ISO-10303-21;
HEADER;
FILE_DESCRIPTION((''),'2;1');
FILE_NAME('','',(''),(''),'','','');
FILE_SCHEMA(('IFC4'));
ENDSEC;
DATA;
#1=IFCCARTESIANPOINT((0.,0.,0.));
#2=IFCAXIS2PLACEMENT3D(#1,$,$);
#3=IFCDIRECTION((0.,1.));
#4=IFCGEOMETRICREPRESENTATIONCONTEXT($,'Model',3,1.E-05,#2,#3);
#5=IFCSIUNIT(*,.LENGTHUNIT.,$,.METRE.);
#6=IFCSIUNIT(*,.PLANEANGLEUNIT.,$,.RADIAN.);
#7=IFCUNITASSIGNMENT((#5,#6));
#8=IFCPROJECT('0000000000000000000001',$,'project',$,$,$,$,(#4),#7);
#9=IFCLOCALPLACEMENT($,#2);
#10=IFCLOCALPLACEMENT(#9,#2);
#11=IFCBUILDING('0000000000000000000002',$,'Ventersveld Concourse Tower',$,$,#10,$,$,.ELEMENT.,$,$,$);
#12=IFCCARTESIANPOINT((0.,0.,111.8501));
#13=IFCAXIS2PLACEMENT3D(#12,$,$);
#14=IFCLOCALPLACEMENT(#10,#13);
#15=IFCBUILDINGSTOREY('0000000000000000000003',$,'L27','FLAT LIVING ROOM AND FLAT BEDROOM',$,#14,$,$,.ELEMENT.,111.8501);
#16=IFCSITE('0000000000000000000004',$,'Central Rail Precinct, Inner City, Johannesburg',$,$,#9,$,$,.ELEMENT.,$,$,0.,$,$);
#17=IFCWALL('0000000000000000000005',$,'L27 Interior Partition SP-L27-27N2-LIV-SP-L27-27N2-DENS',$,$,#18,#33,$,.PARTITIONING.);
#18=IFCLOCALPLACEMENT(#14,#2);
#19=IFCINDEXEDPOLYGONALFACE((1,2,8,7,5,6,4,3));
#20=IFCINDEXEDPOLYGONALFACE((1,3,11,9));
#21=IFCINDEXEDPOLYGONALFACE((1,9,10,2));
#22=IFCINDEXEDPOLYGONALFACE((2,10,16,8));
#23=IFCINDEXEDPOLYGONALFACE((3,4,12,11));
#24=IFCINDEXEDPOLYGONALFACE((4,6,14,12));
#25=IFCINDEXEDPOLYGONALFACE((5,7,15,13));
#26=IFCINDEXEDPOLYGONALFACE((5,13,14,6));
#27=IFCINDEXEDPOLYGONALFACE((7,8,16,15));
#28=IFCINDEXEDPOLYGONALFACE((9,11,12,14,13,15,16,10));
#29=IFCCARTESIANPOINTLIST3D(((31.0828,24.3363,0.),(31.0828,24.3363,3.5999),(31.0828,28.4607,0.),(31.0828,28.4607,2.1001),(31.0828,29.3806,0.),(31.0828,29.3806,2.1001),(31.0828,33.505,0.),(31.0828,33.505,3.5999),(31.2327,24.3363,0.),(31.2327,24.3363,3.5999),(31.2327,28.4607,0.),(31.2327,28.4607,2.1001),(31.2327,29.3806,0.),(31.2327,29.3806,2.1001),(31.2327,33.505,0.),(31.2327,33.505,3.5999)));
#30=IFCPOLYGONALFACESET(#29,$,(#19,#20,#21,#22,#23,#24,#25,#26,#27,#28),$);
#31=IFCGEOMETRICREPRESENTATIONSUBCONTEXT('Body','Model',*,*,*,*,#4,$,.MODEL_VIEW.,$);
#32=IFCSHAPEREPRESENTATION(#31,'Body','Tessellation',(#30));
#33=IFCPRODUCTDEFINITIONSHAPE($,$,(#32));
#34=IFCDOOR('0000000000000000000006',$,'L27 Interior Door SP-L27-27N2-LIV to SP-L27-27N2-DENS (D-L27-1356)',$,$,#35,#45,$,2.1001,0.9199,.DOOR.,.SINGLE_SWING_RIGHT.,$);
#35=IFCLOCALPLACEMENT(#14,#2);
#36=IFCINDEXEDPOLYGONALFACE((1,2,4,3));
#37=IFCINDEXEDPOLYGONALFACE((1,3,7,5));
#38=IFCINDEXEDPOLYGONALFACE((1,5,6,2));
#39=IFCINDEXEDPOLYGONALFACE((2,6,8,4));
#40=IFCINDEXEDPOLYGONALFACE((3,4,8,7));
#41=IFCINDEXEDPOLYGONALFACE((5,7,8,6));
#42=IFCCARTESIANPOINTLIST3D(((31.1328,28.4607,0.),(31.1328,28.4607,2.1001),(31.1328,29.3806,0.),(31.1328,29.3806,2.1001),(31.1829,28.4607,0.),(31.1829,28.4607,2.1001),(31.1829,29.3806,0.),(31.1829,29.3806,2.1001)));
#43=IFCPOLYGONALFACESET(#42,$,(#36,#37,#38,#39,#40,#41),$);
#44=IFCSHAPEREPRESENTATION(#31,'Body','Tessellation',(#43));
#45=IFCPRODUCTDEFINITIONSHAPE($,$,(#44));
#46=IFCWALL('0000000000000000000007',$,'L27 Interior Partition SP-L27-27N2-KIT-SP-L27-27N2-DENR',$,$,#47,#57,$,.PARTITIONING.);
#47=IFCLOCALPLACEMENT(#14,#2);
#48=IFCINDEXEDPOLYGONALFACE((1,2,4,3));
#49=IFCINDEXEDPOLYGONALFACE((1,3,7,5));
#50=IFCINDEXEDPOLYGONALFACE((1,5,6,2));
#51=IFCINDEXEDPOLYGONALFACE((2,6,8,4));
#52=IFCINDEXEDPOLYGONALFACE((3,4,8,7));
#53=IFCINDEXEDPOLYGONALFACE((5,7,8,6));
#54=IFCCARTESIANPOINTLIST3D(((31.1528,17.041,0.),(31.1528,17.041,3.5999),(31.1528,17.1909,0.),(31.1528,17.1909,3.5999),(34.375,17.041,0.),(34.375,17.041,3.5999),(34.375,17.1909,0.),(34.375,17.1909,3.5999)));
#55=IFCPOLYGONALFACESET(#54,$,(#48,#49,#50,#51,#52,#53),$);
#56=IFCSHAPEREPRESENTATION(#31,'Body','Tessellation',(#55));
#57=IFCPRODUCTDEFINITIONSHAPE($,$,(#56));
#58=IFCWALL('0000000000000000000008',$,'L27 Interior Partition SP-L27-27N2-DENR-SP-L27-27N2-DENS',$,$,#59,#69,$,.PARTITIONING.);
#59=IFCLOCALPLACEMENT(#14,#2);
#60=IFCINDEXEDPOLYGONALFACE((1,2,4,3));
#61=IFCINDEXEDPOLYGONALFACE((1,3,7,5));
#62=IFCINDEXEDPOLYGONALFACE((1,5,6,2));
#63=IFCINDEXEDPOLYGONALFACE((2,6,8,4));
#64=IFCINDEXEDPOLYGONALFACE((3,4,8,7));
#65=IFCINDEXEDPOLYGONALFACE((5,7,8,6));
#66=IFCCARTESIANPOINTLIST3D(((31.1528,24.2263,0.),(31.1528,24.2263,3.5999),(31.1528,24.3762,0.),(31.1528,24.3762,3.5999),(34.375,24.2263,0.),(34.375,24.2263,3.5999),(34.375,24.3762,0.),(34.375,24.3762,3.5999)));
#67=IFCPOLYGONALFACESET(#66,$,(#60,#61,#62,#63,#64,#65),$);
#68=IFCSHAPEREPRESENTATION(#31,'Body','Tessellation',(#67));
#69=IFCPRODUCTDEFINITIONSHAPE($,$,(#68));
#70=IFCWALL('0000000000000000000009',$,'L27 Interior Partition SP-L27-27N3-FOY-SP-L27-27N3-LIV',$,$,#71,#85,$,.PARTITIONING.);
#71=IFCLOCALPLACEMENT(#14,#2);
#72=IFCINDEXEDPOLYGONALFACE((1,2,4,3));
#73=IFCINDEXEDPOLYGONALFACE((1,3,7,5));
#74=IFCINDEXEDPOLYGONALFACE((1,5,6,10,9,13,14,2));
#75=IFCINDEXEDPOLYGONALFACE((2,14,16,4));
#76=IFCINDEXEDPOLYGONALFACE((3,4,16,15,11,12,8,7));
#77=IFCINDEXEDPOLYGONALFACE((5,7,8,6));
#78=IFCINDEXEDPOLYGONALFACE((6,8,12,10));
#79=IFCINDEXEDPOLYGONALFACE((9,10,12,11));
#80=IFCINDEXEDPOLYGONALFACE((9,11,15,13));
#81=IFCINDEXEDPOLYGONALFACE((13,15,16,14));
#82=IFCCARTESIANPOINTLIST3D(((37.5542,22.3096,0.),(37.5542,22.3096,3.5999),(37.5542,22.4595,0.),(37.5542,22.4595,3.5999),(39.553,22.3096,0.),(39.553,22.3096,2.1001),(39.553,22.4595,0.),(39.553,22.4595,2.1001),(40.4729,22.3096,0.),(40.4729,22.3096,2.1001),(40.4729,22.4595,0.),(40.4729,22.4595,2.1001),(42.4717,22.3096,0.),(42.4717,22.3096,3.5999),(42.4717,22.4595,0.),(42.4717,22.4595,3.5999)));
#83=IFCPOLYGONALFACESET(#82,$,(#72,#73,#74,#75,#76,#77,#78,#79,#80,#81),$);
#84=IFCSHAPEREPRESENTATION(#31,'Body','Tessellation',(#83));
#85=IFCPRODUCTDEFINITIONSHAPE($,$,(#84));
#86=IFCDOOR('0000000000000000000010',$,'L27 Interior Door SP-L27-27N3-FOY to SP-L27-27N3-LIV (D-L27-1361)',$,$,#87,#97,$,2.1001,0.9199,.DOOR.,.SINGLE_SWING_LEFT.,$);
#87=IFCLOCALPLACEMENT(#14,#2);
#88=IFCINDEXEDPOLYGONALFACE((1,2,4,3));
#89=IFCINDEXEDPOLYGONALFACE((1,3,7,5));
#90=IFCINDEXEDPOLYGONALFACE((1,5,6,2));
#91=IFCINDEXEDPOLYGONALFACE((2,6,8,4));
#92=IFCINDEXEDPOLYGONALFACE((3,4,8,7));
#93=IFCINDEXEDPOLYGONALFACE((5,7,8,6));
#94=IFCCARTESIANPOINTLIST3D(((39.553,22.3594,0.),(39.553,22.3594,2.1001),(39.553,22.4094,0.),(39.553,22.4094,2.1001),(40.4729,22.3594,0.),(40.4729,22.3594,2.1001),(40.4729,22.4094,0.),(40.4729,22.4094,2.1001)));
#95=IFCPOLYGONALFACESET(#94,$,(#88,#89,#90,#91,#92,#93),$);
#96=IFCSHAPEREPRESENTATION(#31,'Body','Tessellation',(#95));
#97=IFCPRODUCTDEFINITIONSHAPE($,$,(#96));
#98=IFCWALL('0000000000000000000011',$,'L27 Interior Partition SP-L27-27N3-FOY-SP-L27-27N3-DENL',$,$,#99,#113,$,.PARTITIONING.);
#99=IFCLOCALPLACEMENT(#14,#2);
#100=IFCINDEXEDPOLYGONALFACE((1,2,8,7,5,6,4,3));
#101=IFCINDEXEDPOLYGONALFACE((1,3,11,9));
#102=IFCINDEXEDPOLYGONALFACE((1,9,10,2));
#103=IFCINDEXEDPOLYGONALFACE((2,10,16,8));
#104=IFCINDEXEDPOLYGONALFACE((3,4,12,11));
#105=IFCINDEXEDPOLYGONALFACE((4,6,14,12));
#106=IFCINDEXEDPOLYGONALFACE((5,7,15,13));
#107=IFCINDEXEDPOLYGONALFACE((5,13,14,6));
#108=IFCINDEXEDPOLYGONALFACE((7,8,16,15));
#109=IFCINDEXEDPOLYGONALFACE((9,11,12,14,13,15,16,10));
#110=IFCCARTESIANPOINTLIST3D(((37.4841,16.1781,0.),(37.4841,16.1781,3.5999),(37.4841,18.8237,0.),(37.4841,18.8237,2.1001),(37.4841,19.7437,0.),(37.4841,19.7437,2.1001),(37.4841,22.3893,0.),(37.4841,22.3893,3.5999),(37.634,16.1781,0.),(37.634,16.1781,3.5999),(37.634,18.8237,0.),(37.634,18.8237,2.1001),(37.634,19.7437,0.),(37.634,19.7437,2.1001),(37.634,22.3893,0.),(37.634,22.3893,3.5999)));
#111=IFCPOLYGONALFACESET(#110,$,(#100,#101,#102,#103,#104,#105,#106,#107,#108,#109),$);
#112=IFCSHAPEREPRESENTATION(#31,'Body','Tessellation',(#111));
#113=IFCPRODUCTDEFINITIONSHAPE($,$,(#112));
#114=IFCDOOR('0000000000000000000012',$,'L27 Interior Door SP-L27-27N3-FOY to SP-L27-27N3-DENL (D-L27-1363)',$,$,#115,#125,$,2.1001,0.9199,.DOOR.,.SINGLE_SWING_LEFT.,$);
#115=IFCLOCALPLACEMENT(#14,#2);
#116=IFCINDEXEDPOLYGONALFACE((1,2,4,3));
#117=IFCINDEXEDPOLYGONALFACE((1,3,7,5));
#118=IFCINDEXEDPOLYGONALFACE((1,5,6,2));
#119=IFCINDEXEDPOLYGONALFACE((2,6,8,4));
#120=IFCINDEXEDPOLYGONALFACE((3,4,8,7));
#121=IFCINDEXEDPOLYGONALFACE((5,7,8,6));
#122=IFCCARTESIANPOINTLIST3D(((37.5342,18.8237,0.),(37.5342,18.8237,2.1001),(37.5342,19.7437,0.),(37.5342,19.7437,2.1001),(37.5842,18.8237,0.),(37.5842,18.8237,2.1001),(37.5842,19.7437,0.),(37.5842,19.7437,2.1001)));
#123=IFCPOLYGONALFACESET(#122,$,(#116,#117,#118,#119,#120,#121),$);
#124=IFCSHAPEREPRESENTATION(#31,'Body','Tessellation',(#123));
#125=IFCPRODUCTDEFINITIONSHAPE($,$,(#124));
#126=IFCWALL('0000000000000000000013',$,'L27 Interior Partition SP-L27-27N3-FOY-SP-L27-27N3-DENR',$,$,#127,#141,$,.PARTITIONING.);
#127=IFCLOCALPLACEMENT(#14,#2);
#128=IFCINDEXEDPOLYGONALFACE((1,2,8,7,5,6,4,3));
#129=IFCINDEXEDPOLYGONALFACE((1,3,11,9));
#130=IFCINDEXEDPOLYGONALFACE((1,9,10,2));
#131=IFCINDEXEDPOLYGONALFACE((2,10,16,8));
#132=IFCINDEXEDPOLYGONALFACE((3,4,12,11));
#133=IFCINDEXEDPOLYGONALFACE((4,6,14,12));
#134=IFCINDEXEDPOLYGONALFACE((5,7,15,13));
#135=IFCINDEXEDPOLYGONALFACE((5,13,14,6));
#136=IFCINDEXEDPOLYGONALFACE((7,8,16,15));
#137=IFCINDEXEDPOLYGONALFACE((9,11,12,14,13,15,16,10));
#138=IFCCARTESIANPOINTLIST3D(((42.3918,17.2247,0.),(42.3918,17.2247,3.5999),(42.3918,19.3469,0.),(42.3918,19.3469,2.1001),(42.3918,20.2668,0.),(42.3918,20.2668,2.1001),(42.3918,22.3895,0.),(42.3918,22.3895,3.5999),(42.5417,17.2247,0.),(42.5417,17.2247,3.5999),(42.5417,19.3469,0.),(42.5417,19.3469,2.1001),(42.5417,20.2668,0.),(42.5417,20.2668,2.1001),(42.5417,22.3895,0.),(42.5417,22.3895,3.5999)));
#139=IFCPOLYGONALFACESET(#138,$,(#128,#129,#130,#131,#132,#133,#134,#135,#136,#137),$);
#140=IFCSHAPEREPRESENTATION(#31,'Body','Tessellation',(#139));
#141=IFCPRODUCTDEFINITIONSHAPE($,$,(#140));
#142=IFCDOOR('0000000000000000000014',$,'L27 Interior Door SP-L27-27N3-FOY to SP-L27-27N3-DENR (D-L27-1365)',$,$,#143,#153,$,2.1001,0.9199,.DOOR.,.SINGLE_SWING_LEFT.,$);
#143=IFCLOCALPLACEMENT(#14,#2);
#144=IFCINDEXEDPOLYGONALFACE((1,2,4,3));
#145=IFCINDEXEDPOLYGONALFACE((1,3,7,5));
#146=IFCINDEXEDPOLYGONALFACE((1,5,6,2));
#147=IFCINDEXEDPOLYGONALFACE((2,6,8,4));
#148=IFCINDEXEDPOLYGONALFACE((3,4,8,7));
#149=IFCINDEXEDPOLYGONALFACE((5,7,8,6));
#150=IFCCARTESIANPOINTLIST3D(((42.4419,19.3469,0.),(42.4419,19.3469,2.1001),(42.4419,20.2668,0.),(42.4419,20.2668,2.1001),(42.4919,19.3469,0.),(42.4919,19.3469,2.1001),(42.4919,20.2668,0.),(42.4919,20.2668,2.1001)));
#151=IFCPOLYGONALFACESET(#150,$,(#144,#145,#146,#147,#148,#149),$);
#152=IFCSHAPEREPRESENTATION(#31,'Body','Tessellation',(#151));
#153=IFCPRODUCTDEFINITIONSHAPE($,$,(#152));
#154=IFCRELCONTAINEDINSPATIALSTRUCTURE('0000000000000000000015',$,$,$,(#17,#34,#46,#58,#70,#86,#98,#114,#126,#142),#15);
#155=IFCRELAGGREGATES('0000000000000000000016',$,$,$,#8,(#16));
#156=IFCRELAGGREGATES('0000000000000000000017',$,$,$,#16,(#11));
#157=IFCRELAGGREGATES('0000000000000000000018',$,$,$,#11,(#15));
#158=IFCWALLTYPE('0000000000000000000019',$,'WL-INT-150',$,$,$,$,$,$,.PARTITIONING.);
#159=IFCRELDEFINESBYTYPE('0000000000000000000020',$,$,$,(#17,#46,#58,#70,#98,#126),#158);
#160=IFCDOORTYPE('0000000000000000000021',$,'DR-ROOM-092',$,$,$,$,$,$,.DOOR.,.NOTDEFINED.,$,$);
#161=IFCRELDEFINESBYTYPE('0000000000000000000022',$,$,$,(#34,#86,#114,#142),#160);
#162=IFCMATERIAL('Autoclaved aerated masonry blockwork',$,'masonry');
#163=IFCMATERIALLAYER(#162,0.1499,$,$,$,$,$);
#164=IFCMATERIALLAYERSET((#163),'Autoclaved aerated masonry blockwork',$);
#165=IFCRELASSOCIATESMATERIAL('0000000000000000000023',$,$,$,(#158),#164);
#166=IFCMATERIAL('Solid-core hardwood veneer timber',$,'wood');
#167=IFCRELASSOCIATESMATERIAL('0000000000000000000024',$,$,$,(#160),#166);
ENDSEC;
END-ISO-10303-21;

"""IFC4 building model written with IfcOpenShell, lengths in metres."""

from ifc_helpers import new_model, si_unit, direction, frame, frame_2d, origin, place, context, subcontext, project, spatial, rectangle, extrude, material, layer, layer_set, type_object, element, fill, save


model = new_model("IFC4")

# Units and contexts
model_context = context("Model", 3, precision=1e-05, world=origin(), true_north=direction((0.0, 1.0)))
body_context = subcontext(model_context, "Body", "Model", "MODEL_VIEW")
ifc_project = project(units=[si_unit("LENGTHUNIT", "METRE"), si_unit("PLANEANGLEUNIT", "RADIAN")], contexts=[model_context])

# Site, building, storey
site_placement = place(None, origin())
site = spatial("IfcSite", under=ifc_project, at=site_placement, Name="Central Rail Precinct, Inner City, Johannesburg", CompositionType="ELEMENT", RefElevation=0.0)
building_placement = place(site_placement, origin())
building = spatial("IfcBuilding", under=site, at=building_placement, Name="Ventersveld Concourse Tower", CompositionType="ELEMENT")
storey_placement = place(building_placement, frame((0.0, 0.0, 111.8501)))
storey = spatial("IfcBuildingStorey", under=building, at=storey_placement, Name="L27", Description="FLAT LIVING ROOM AND FLAT BEDROOM", CompositionType="ELEMENT", Elevation=111.8501)

# Wall, opening, door
ifc_material_1 = material(Name="Autoclaved aerated masonry blockwork", Category="masonry")
ifc_layer_1 = layer(ifc_material_1, 0.1499)
ifc_layer_set_1 = layer_set([ifc_layer_1], Name="Autoclaved aerated masonry blockwork")
wall_type_1 = type_object("IfcWallType", Name="WL-INT-150", PredefinedType="PARTITIONING", material=ifc_layer_set_1)
ifc_material_2 = material(Name="Solid-core hardwood veneer timber", Category="wood")
door_type = type_object("IfcDoorType", Name="DR-ROOM-092", OperationType="NOTDEFINED", PredefinedType="DOOR", material=ifc_material_2)
wall_1_placement = place(storey_placement, frame((31.1577, 24.3362, 0.0), z_axis=(0.0, 0.0, 1.0), x_axis=(0.0, 1.0, 0.0)))
wall_1 = element("IfcWall", 1, at=wall_1_placement, inside=storey, type_object=wall_type_1, Name="L27 Interior Partition SP-L27-27N2-LIV-SP-L27-27N2-DENS", PredefinedType="PARTITIONING", context=body_context, shape_type="SweptSolid", body=[
    extrude(rectangle(XDim=9.1687, YDim=0.1499, at=frame_2d((4.5845, 0.0))), origin(), (0.0, 0.0, 1.0), 3.5999),
])
opening_1_placement = place(wall_1_placement, frame((4.1245, 0.0, 0.0)))
opening_1 = element("IfcOpeningElement", 2, at=opening_1_placement, cuts=wall_1, PredefinedType="OPENING", context=body_context, shape_type="SweptSolid", body=[
    extrude(rectangle(XDim=0.9199, YDim=2.1001, at=frame_2d((0.46, 1.05))), frame((0.0, 0.085, 0.0), z_axis=(0.0, -1.0, 0.0), x_axis=(1.0, 0.0, 0.0)), (0.0, 0.0, 1.0), 0.1699),
])
door_1_placement = place(opening_1_placement, origin())
door_1 = element("IfcDoor", 3, at=door_1_placement, inside=storey, type_object=door_type, Name="L27 Interior Door SP-L27-27N2-LIV to SP-L27-27N2-DENS (D-L27-1356)", OperationType="SINGLE_SWING_RIGHT", OverallHeight=2.1001, OverallWidth=0.9199, PredefinedType="DOOR", context=body_context, shape_type="SweptSolid", body=[
    extrude(rectangle(XDim=0.9199, YDim=2.1001, at=frame_2d((0.46, 1.05))), frame((0.0, 0.0249, 0.0), z_axis=(0.0, -1.0, 0.0), x_axis=(1.0, 0.0, 0.0)), (0.0, 0.0, 1.0), 0.05),
])
fill(opening_1, door_1)

# Walls
for number, where, z_axis, x_axis, name in (
    (4, (31.1528, 17.116, 0.0), (0.0, 0.0, 1.0), (1.0, 0.0, 0.0), "L27 Interior Partition SP-L27-27N2-KIT-SP-L27-27N2-DENR"),
    (5, (31.1528, 24.3013, 0.0), (0.0, 0.0, 1.0), (1.0, 0.0, 0.0), "L27 Interior Partition SP-L27-27N2-DENR-SP-L27-27N2-DENS"),
):
    element("IfcWall", number, at=place(storey_placement, frame(where, z_axis=z_axis, x_axis=x_axis)), inside=storey, type_object=wall_type_1, Name=name, PredefinedType="PARTITIONING", context=body_context, shape_type="SweptSolid", body=[
        extrude(rectangle(XDim=3.2222, YDim=0.1499, at=frame_2d((1.6111, 0.0))), origin(), (0.0, 0.0, 1.0), 3.5999),
    ])

# Walls, openings, doors
wall_2_placement = place(storey_placement, frame((37.5542, 22.3845, 0.0), z_axis=(0.0, 0.0, 1.0), x_axis=(1.0, 0.0, 0.0)))
wall_2 = element("IfcWall", 6, at=wall_2_placement, inside=storey, type_object=wall_type_1, Name="L27 Interior Partition SP-L27-27N3-FOY-SP-L27-27N3-LIV", PredefinedType="PARTITIONING", context=body_context, shape_type="SweptSolid", body=[
    extrude(rectangle(XDim=4.9175, YDim=0.1499, at=frame_2d((2.4587, 0.0))), origin(), (0.0, 0.0, 1.0), 3.5999),
])
opening_2_placement = place(wall_2_placement, frame((1.9988, 0.0, 0.0)))
opening_2 = element("IfcOpeningElement", 7, at=opening_2_placement, cuts=wall_2, PredefinedType="OPENING", context=body_context, shape_type="SweptSolid", body=[
    extrude(rectangle(XDim=0.9199, YDim=2.1001, at=frame_2d((0.46, 1.05))), frame((0.0, 0.085, 0.0), z_axis=(0.0, -1.0, 0.0), x_axis=(1.0, 0.0, 0.0)), (0.0, 0.0, 1.0), 0.1699),
])
door_2_placement = place(opening_2_placement, origin())
door_2 = element("IfcDoor", 8, at=door_2_placement, inside=storey, type_object=door_type, Name="L27 Interior Door SP-L27-27N3-FOY to SP-L27-27N3-LIV (D-L27-1361)", OperationType="SINGLE_SWING_LEFT", OverallHeight=2.1001, OverallWidth=0.9199, PredefinedType="DOOR", context=body_context, shape_type="SweptSolid", body=[
    extrude(rectangle(XDim=0.9199, YDim=2.1001, at=frame_2d((0.46, 1.05))), frame((0.0, 0.0249, 0.0), z_axis=(0.0, -1.0, 0.0), x_axis=(1.0, 0.0, 0.0)), (0.0, 0.0, 1.0), 0.05),
])
fill(opening_2, door_2)
wall_3_placement = place(storey_placement, frame((37.5591, 16.1782, 0.0), z_axis=(0.0, 0.0, 1.0), x_axis=(0.0, 1.0, 0.0)))
wall_3 = element("IfcWall", 9, at=wall_3_placement, inside=storey, type_object=wall_type_1, Name="L27 Interior Partition SP-L27-27N3-FOY-SP-L27-27N3-DENL", PredefinedType="PARTITIONING", context=body_context, shape_type="SweptSolid", body=[
    extrude(rectangle(XDim=6.2112, YDim=0.1499, at=frame_2d((3.1055, 0.0))), origin(), (0.0, 0.0, 1.0), 3.5999),
])
opening_3_placement = place(wall_3_placement, frame((2.6455, 0.0, 0.0)))
opening_3 = element("IfcOpeningElement", 10, at=opening_3_placement, cuts=wall_3, PredefinedType="OPENING", context=body_context, shape_type="SweptSolid", body=[
    extrude(rectangle(XDim=0.9199, YDim=2.1001, at=frame_2d((0.46, 1.05))), frame((0.0, 0.085, 0.0), z_axis=(0.0, -1.0, 0.0), x_axis=(1.0, 0.0, 0.0)), (0.0, 0.0, 1.0), 0.1699),
])
door_3_placement = place(opening_3_placement, origin())
door_3 = element("IfcDoor", 11, at=door_3_placement, inside=storey, type_object=door_type, Name="L27 Interior Door SP-L27-27N3-FOY to SP-L27-27N3-DENL (D-L27-1363)", OperationType="SINGLE_SWING_LEFT", OverallHeight=2.1001, OverallWidth=0.9199, PredefinedType="DOOR", context=body_context, shape_type="SweptSolid", body=[
    extrude(rectangle(XDim=0.9199, YDim=2.1001, at=frame_2d((0.46, 1.05))), frame((0.0, 0.0249, 0.0), z_axis=(0.0, -1.0, 0.0), x_axis=(1.0, 0.0, 0.0)), (0.0, 0.0, 1.0), 0.05),
])
fill(opening_3, door_3)
wall_4_placement = place(storey_placement, frame((42.4668, 17.2246, 0.0), z_axis=(0.0, 0.0, 1.0), x_axis=(0.0, 1.0, 0.0)))
wall_4 = element("IfcWall", 12, at=wall_4_placement, inside=storey, type_object=wall_type_1, Name="L27 Interior Partition SP-L27-27N3-FOY-SP-L27-27N3-DENR", PredefinedType="PARTITIONING", context=body_context, shape_type="SweptSolid", body=[
    extrude(rectangle(XDim=5.1648, YDim=0.1499, at=frame_2d((2.5825, 0.0))), origin(), (0.0, 0.0, 1.0), 3.5999),
])
opening_4_placement = place(wall_4_placement, frame((2.1223, 0.0, 0.0)))
opening_4 = element("IfcOpeningElement", 13, at=opening_4_placement, cuts=wall_4, PredefinedType="OPENING", context=body_context, shape_type="SweptSolid", body=[
    extrude(rectangle(XDim=0.9199, YDim=2.1001, at=frame_2d((0.46, 1.05))), frame((0.0, 0.085, 0.0), z_axis=(0.0, -1.0, 0.0), x_axis=(1.0, 0.0, 0.0)), (0.0, 0.0, 1.0), 0.1699),
])
door_4_placement = place(opening_4_placement, origin())
door_4 = element("IfcDoor", 14, at=door_4_placement, inside=storey, type_object=door_type, Name="L27 Interior Door SP-L27-27N3-FOY to SP-L27-27N3-DENR (D-L27-1365)", OperationType="SINGLE_SWING_LEFT", OverallHeight=2.1001, OverallWidth=0.9199, PredefinedType="DOOR", context=body_context, shape_type="SweptSolid", body=[
    extrude(rectangle(XDim=0.9199, YDim=2.1001, at=frame_2d((0.46, 1.05))), frame((0.0, 0.0249, 0.0), z_axis=(0.0, -1.0, 0.0), x_axis=(1.0, 0.0, 0.0)), (0.0, 0.0, 1.0), 0.05),
])
fill(opening_4, door_4)

save(model, "model.ifc")
